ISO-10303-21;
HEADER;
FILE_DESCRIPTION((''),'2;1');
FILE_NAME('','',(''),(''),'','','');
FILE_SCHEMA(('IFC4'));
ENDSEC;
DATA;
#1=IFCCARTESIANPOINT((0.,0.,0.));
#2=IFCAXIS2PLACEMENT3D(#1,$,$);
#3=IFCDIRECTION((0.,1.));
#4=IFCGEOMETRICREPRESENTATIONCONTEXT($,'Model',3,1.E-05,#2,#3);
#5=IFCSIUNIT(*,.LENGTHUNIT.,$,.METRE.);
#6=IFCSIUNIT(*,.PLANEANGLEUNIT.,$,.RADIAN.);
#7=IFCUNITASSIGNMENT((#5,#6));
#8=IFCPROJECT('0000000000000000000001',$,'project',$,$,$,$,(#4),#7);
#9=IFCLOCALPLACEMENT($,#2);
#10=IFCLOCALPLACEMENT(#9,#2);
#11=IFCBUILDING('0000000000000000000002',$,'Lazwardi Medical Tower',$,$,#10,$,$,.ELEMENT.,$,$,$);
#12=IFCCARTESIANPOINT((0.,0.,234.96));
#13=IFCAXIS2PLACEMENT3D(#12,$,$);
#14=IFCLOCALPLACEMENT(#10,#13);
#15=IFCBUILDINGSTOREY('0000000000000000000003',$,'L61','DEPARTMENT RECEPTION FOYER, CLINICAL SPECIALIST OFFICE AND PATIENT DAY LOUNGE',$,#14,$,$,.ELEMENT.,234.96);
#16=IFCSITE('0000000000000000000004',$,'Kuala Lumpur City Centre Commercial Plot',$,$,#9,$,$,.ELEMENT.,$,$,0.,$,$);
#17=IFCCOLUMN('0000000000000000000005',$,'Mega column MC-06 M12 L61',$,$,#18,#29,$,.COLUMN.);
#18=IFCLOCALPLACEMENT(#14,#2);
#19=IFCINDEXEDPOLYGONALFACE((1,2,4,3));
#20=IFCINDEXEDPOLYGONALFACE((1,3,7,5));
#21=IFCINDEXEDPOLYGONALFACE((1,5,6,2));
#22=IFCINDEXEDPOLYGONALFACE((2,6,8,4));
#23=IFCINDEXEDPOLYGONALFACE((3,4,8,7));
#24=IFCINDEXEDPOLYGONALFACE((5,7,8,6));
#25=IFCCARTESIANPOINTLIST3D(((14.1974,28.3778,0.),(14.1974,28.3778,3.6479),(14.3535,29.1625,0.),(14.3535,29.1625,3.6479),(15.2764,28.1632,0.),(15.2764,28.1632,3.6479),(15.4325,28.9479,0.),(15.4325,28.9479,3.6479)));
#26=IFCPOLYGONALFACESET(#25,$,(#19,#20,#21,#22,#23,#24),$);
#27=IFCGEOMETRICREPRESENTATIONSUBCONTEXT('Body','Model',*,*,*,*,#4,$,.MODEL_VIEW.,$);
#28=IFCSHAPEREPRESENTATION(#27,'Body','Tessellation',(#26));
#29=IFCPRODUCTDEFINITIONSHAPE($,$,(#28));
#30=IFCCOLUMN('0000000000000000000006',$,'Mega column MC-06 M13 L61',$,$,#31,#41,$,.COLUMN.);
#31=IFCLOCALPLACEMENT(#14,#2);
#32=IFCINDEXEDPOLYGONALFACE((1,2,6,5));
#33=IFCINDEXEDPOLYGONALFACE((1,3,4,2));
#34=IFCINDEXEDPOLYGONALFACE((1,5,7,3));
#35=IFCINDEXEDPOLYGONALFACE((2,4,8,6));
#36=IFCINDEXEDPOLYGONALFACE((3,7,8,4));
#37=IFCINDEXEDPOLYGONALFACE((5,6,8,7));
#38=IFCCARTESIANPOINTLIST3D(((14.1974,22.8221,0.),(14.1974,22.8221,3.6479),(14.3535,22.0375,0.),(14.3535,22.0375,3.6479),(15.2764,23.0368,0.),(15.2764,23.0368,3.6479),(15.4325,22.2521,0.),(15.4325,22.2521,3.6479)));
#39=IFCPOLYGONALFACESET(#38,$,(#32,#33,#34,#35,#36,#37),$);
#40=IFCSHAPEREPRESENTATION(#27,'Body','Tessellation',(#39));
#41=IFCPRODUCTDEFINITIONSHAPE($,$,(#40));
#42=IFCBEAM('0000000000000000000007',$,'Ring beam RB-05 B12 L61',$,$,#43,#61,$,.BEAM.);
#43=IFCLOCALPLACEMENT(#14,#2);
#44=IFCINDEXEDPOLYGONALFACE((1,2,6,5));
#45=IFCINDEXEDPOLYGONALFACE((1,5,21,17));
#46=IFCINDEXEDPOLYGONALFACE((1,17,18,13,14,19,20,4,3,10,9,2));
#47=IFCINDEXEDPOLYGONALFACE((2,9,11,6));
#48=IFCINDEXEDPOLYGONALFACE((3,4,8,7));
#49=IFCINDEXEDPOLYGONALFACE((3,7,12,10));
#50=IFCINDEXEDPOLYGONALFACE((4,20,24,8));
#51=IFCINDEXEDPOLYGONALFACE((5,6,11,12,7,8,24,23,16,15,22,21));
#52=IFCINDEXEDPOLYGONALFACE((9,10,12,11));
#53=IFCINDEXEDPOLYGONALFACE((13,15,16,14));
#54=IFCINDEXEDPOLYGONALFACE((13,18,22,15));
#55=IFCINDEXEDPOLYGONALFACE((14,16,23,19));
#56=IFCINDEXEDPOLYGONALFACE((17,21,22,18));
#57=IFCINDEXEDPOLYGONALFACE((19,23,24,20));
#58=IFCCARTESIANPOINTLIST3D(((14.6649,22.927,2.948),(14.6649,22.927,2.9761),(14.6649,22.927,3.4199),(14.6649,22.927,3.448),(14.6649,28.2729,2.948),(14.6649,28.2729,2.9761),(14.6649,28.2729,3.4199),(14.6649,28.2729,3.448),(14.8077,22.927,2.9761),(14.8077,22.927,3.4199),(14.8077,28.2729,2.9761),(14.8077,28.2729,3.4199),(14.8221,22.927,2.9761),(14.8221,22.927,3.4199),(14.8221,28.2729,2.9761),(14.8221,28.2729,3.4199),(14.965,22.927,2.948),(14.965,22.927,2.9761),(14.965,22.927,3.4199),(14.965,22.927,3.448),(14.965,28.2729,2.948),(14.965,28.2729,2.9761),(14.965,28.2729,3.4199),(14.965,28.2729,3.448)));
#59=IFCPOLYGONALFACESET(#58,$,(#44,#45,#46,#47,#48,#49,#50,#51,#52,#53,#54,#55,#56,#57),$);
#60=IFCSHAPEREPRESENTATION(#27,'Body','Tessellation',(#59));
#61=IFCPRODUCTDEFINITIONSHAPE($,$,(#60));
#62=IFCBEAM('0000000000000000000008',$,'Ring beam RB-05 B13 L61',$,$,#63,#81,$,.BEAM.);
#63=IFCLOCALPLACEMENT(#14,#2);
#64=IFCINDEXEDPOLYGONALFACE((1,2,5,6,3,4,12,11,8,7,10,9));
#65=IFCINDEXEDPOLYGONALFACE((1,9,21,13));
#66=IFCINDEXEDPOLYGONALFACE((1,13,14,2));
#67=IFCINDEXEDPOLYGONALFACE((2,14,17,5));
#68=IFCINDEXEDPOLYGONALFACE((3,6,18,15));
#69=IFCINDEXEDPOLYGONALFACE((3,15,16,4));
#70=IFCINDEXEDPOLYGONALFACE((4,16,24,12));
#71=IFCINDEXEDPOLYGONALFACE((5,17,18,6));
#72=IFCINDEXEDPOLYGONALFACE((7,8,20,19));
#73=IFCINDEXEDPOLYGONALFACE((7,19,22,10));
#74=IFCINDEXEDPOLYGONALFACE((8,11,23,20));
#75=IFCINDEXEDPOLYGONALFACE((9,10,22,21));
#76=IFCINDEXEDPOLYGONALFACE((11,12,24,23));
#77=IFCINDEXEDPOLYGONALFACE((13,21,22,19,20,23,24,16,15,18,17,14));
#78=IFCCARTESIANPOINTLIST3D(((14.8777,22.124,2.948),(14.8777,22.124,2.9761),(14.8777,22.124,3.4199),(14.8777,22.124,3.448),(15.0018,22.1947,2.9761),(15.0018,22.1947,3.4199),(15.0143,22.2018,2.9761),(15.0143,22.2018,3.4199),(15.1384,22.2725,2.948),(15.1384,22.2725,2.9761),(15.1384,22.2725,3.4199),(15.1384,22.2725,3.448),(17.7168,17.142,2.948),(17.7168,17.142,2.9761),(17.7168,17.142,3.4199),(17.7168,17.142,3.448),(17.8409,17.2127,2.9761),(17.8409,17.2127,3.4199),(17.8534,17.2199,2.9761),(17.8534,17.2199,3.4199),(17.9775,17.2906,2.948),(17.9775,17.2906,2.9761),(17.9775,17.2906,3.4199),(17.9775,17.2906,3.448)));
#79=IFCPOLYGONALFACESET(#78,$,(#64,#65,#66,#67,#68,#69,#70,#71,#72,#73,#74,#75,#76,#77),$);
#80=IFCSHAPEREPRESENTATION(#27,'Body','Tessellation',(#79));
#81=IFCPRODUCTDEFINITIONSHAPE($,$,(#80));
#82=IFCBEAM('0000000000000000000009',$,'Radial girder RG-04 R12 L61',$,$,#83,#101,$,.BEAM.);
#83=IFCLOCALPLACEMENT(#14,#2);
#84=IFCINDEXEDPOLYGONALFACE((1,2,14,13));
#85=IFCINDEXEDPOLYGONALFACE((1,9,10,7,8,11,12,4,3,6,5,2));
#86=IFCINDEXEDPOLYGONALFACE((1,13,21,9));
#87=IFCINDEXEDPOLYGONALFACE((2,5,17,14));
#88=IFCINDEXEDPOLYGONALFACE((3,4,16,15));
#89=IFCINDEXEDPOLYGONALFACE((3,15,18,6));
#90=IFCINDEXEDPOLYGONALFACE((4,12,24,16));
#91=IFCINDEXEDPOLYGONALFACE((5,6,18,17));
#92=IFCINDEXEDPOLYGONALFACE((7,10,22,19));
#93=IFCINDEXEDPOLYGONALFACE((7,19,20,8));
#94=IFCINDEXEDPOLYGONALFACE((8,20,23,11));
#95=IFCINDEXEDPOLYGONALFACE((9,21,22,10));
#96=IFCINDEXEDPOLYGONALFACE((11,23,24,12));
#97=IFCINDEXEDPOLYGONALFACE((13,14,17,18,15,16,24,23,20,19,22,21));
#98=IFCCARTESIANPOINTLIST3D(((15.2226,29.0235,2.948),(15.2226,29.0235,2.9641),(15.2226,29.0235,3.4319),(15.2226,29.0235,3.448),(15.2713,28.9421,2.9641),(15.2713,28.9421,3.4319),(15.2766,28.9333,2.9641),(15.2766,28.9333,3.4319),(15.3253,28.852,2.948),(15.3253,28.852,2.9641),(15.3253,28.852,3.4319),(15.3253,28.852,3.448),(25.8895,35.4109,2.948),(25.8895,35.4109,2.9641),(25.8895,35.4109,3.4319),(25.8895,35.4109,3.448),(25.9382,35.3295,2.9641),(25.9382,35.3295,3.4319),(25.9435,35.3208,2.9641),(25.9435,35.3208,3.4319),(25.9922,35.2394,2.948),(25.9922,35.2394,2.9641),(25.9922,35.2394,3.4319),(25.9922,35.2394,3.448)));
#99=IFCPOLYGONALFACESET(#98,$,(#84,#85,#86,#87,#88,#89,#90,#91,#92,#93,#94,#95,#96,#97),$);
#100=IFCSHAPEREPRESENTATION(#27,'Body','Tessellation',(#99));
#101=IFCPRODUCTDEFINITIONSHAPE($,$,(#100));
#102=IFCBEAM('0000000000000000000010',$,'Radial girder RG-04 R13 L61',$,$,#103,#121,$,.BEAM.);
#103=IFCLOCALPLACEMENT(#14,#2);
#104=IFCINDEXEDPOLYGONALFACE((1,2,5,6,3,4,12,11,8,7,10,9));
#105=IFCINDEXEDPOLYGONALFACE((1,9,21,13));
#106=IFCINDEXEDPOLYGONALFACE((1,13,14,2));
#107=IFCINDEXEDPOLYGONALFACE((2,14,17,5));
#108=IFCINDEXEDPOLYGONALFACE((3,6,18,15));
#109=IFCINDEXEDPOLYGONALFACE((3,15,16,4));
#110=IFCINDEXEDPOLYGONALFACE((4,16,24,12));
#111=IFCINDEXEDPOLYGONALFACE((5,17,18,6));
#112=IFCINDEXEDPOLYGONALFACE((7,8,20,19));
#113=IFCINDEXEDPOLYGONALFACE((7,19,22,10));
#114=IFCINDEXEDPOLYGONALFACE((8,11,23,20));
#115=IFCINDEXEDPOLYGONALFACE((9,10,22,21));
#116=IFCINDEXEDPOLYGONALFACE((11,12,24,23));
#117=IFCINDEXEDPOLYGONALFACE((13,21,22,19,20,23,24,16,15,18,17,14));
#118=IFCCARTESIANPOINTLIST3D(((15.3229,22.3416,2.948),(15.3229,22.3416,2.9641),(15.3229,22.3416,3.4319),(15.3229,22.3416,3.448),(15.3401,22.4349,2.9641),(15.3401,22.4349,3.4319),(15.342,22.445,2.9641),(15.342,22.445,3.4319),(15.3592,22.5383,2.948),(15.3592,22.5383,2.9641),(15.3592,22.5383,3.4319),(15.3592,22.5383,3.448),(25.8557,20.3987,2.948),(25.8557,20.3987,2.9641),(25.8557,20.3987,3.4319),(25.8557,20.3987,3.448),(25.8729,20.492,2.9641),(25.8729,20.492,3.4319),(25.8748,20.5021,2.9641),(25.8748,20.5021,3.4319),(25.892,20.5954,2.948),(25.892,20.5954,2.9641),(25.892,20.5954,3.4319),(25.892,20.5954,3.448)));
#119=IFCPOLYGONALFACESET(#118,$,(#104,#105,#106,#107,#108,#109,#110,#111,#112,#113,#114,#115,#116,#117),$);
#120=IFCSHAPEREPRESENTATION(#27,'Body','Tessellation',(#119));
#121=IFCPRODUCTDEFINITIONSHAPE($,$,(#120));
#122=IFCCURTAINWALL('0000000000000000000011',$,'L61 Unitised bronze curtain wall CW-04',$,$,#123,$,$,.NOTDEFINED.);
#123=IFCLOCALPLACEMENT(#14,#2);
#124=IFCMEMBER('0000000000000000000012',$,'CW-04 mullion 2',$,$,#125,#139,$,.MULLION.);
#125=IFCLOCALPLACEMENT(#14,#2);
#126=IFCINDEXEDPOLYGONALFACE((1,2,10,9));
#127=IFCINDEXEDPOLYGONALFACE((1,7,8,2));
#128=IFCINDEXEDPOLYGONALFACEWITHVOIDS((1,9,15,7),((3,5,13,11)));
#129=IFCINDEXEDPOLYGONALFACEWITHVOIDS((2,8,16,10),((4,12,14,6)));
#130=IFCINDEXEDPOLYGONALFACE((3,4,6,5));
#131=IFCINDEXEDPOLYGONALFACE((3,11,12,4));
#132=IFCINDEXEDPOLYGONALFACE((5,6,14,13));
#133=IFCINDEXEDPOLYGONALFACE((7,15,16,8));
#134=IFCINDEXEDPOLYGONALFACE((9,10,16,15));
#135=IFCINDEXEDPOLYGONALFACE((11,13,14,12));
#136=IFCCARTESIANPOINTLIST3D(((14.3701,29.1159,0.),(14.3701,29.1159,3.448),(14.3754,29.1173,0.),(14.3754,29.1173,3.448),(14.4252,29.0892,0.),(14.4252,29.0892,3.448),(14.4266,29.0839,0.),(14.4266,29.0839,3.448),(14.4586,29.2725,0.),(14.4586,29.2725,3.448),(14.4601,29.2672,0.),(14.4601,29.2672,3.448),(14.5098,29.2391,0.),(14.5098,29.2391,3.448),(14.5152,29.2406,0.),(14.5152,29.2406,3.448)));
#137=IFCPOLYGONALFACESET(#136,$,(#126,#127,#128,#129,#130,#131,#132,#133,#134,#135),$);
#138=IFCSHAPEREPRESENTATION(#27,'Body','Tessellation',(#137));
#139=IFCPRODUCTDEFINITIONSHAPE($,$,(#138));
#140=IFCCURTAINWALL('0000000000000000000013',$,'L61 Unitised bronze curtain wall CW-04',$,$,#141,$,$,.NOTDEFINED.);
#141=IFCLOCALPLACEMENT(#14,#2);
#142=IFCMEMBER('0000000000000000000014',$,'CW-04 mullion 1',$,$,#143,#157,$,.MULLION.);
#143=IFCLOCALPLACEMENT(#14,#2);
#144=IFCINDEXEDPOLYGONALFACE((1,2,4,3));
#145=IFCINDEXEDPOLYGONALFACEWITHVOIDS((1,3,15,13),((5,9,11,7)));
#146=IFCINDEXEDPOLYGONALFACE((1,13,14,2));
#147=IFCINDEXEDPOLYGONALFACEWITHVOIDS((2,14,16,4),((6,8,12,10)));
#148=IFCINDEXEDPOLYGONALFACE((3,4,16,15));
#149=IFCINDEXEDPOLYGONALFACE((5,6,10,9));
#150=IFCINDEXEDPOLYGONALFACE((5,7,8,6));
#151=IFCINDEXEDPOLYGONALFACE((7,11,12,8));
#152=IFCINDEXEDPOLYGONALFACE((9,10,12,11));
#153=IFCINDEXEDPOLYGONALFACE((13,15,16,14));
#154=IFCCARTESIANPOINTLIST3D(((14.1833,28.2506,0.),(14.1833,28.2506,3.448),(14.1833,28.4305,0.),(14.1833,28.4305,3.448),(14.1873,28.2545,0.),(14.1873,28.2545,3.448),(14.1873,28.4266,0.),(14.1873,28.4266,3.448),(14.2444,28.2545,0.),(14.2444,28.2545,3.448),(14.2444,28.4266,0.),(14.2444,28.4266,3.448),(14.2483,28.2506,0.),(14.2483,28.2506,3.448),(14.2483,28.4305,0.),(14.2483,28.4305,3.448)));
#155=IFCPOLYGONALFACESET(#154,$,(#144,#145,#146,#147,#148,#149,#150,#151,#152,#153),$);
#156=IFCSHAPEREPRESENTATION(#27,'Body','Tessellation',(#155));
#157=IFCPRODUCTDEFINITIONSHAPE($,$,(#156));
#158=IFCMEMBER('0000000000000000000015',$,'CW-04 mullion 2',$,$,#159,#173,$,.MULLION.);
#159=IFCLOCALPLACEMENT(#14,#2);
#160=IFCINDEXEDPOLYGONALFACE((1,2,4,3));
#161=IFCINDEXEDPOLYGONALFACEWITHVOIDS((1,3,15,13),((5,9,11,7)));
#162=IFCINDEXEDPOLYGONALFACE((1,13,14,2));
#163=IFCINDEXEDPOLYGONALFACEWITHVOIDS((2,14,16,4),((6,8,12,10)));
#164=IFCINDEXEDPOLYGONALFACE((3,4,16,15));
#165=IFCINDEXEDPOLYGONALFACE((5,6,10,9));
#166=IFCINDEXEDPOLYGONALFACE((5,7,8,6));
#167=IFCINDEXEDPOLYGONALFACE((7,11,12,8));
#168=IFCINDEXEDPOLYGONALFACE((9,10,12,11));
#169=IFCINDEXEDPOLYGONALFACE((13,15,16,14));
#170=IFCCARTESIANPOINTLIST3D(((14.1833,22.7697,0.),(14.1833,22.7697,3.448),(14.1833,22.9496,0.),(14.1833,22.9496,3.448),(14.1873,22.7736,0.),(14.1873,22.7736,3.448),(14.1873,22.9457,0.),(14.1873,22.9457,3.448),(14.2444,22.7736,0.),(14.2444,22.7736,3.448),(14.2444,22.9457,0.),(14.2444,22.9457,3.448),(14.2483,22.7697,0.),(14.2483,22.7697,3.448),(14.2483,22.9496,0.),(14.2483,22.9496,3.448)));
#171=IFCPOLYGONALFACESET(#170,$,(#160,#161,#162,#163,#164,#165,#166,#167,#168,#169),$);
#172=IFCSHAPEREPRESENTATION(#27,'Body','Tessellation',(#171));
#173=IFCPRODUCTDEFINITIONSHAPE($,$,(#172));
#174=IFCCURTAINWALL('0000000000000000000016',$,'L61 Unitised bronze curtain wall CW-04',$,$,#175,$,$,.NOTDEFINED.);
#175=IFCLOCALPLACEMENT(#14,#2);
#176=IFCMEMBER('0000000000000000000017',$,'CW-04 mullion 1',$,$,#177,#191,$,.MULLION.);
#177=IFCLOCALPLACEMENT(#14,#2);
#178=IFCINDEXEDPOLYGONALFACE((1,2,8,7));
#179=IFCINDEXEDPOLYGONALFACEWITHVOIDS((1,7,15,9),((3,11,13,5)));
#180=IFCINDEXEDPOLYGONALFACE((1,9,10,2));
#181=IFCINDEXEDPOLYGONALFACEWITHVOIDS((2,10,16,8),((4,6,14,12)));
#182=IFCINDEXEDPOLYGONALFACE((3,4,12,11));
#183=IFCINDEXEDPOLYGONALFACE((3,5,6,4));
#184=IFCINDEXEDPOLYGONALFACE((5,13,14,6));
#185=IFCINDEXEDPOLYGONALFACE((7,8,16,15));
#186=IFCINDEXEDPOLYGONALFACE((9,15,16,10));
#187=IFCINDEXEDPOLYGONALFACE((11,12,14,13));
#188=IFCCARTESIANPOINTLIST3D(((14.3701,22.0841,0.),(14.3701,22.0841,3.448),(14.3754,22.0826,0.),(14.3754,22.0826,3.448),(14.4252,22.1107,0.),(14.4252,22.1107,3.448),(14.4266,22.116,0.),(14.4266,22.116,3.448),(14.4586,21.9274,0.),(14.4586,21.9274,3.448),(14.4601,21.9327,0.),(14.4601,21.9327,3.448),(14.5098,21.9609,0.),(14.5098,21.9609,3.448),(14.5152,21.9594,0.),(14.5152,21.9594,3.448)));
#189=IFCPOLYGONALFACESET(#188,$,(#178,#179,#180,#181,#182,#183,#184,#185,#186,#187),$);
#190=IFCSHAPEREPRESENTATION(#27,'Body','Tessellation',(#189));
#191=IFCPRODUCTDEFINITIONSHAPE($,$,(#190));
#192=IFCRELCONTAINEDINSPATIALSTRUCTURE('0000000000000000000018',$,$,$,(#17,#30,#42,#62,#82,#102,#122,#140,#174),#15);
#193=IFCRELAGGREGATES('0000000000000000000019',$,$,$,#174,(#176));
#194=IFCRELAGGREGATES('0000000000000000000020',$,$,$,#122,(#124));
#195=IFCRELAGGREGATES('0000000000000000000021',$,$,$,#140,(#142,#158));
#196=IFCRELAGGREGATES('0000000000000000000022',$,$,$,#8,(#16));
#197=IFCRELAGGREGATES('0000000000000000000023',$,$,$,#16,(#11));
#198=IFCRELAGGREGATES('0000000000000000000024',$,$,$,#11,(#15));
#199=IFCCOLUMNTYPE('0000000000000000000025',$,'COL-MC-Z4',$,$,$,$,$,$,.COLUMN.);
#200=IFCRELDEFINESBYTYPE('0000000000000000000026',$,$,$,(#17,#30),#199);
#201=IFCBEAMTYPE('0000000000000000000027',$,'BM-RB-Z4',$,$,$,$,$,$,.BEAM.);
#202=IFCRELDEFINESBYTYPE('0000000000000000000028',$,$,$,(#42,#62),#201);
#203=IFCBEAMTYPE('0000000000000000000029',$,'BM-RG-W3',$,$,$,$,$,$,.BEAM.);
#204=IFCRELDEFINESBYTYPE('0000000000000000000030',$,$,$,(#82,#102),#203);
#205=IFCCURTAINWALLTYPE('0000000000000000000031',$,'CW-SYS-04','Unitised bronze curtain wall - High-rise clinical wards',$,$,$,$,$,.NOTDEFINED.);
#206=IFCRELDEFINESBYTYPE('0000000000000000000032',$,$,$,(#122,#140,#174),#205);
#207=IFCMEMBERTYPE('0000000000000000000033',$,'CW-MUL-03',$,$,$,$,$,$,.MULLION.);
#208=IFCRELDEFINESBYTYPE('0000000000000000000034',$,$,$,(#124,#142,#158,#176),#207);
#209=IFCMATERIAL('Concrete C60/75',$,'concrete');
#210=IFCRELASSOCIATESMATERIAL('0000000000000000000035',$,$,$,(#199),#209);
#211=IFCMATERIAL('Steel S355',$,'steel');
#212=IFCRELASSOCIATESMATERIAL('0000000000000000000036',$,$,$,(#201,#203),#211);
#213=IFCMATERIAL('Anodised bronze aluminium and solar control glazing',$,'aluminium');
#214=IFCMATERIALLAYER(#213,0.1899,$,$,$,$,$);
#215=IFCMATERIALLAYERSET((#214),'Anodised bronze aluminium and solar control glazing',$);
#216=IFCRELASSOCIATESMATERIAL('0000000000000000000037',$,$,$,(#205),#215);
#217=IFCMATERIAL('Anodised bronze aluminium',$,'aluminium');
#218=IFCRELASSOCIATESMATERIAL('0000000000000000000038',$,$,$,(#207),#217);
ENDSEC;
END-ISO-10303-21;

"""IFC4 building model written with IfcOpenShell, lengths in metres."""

from ifc_helpers import new_model, si_unit, direction, frame, origin, origin_2d, place, context, subcontext, project, spatial, rectangle, hollow_rectangle, i_section, extrude, material, layer, layer_set, material_profile, profile_set, type_object, element, aggregate, save


model = new_model("IFC4")

# Units and contexts
model_context = context("Model", 3, precision=1e-05, world=origin(), true_north=direction((0.0, 1.0)))
body_context = subcontext(model_context, "Body", "Model", "MODEL_VIEW")
ifc_project = project(units=[si_unit("LENGTHUNIT", "METRE"), si_unit("PLANEANGLEUNIT", "RADIAN")], contexts=[model_context])

# Site, building, storey
site_placement = place(None, origin())
site = spatial("IfcSite", under=ifc_project, at=site_placement, Name="Kuala Lumpur City Centre Commercial Plot", CompositionType="ELEMENT", RefElevation=0.0)
building_placement = place(site_placement, origin())
building = spatial("IfcBuilding", under=site, at=building_placement, Name="Lazwardi Medical Tower", CompositionType="ELEMENT")
storey_placement = place(building_placement, frame((0.0, 0.0, 234.96)))
storey = spatial("IfcBuildingStorey", under=building, at=storey_placement, Name="L61", Description="DEPARTMENT RECEPTION FOYER, CLINICAL SPECIALIST OFFICE AND PATIENT DAY LOUNGE", CompositionType="ELEMENT", Elevation=234.96)

# Columns
ifc_material_1 = material(Name="Concrete C60/75", Category="concrete")
ifc_material_profile_1 = material_profile(ifc_material_1, rectangle(XDim=1.1001, YDim=0.8, at=origin_2d()), Name="CFT-RECT 1100x800")
ifc_profile_set_1 = profile_set([ifc_material_profile_1], Name="Concrete C60/75")
column_type = type_object("IfcColumnType", Name="COL-MC-Z4", PredefinedType="COLUMN", material=ifc_profile_set_1)
for number, where, z_axis, x_axis, name in (
    (1, (14.8149, 28.6628, 0.0), (0.0, 0.0, 1.0), (-0.980785, 0.19509, 0.0), "Mega column MC-06 M12 L61"),
    (2, (14.8149, 22.5371, 0.0), (0.0, 0.0, 1.0), (-0.980785, -0.19509, 0.0), "Mega column MC-06 M13 L61"),
):
    element("IfcColumn", number, at=place(storey_placement, frame(where, z_axis=z_axis, x_axis=x_axis)), inside=storey, type_object=column_type, Name=name, PredefinedType="COLUMN", context=body_context, shape_type="SweptSolid", body=[
        extrude(rectangle(XDim=1.1001, YDim=0.8, at=origin_2d()), origin(), (0.0, 0.0, 1.0), 3.6479),
    ])

# Beams
ifc_material_2 = material(Name="Steel S355", Category="steel")
ifc_material_profile_2 = material_profile(ifc_material_2, i_section(OverallWidth=0.3, OverallDepth=0.5, WebThickness=0.0144, FlangeThickness=0.0281, at=origin_2d()), Name="HEB 500")
ifc_profile_set_2 = profile_set([ifc_material_profile_2], Name="Steel S355")
beam_type_1 = type_object("IfcBeamType", Name="BM-RB-Z4", PredefinedType="BEAM", material=ifc_profile_set_2)
beam_1_placement = place(storey_placement, frame((14.8149, 28.2729, 3.198), z_axis=(0.0, -1.0, 0.0), x_axis=(1.0, 0.0, 0.0)))
element("IfcBeam", 3, at=beam_1_placement, inside=storey, type_object=beam_type_1, Name="Ring beam RB-05 B12 L61", PredefinedType="BEAM", context=body_context, shape_type="SweptSolid", body=[
    extrude(i_section(OverallWidth=0.3, OverallDepth=0.5, WebThickness=0.0144, FlangeThickness=0.0281, at=origin_2d()), origin(), (0.0, 0.0, 1.0), 5.3459),
])
beam_2_placement = place(storey_placement, frame((15.0081, 22.1982, 3.198), z_axis=(0.495125, -0.868822, 0.0), x_axis=(0.868822, 0.495125, 0.0)))
element("IfcBeam", 4, at=beam_2_placement, inside=storey, type_object=beam_type_1, Name="Ring beam RB-05 B13 L61", PredefinedType="BEAM", context=body_context, shape_type="SweptSolid", body=[
    extrude(i_section(OverallWidth=0.3, OverallDepth=0.5, WebThickness=0.0144, FlangeThickness=0.0281, at=origin_2d()), origin(), (0.0, 0.0, 1.0), 5.7341),
])
ifc_material_profile_3 = material_profile(ifc_material_2, i_section(OverallWidth=0.2, OverallDepth=0.5, WebThickness=0.0103, FlangeThickness=0.0161, at=origin_2d()), Name="IPE 500")
ifc_profile_set_3 = profile_set([ifc_material_profile_3], Name="Steel S355")
beam_type_2 = type_object("IfcBeamType", Name="BM-RG-W3", PredefinedType="BEAM", material=ifc_profile_set_3)
beam_3_placement = place(storey_placement, frame((15.2739, 28.9377, 3.198), z_axis=(0.857945, 0.513742, 0.0), x_axis=(-0.513742, 0.857945, 0.0)))
element("IfcBeam", 5, at=beam_3_placement, inside=storey, type_object=beam_type_2, Name="Radial girder RG-04 R12 L61", PredefinedType="BEAM", context=body_context, shape_type="SweptSolid", body=[
    extrude(i_section(OverallWidth=0.2, OverallDepth=0.5, WebThickness=0.0103, FlangeThickness=0.0161, at=origin_2d()), origin(), (0.0, 0.0, 1.0), 12.4331),
])
beam_4_placement = place(storey_placement, frame((15.3411, 22.4399, 3.198), z_axis=(0.983409, -0.1814, 0.0), x_axis=(0.1814, 0.983409, 0.0)))
element("IfcBeam", 6, at=beam_4_placement, inside=storey, type_object=beam_type_2, Name="Radial girder RG-04 R13 L61", PredefinedType="BEAM", context=body_context, shape_type="SweptSolid", body=[
    extrude(i_section(OverallWidth=0.2, OverallDepth=0.5, WebThickness=0.0103, FlangeThickness=0.0161, at=origin_2d()), origin(), (0.0, 0.0, 1.0), 10.7104),
])

# Curtain wall, member
ifc_material_3 = material(Name="Anodised bronze aluminium and solar control glazing", Category="aluminium")
ifc_layer_1 = layer(ifc_material_3, 0.1899)
ifc_layer_set_1 = layer_set([ifc_layer_1], Name="Anodised bronze aluminium and solar control glazing")
curtain_wall_type = type_object("IfcCurtainWallType", Name="CW-SYS-04", Description="Unitised bronze curtain wall - High-rise clinical wards", PredefinedType="NOTDEFINED", material=ifc_layer_set_1)
curtain_wall_1_placement = place(storey_placement, origin())
curtain_wall_1 = element("IfcCurtainWall", 7, at=curtain_wall_1_placement, inside=storey, type_object=curtain_wall_type, Name="L61 Unitised bronze curtain wall CW-04", PredefinedType="NOTDEFINED")
ifc_material_4 = material(Name="Anodised bronze aluminium", Category="aluminium")
ifc_material_profile_4 = material_profile(ifc_material_4, hollow_rectangle(XDim=0.0649, YDim=0.1799, WallThickness=0.0039, at=origin_2d()), Name="ALU-MULLION 180x65x4")
ifc_profile_set_4 = profile_set([ifc_material_profile_4], Name="Anodised bronze aluminium")
member_type_1 = type_object("IfcMemberType", Name="CW-MUL-03", PredefinedType="MULLION", material=ifc_profile_set_4)
member_1_placement = place(storey_placement, frame((14.4426, 29.1782, 0.0), z_axis=(0.0, 0.0, 1.0), x_axis=(0.870651, -0.4919, 0.0)))
member_1 = element("IfcMember", 8, at=member_1_placement, type_object=member_type_1, Name="CW-04 mullion 2", PredefinedType="MULLION", context=body_context, shape_type="SweptSolid", body=[
    extrude(hollow_rectangle(XDim=0.0649, YDim=0.1799, WallThickness=0.0039, at=origin_2d()), origin(), (0.0, 0.0, 1.0), 3.448),
])

# Curtain wall, members
curtain_wall_2_placement = place(storey_placement, origin())
curtain_wall_2 = element("IfcCurtainWall", 9, at=curtain_wall_2_placement, inside=storey, type_object=curtain_wall_type, Name="L61 Unitised bronze curtain wall CW-04", PredefinedType="NOTDEFINED")
member_2_placement = place(storey_placement, frame((14.2158, 28.3406, 0.0), z_axis=(0.0, 0.0, 1.0), x_axis=(1.0, 0.0, 0.0)))
member_2 = element("IfcMember", 10, at=member_2_placement, type_object=member_type_1, Name="CW-04 mullion 1", PredefinedType="MULLION", context=body_context, shape_type="SweptSolid", body=[
    extrude(hollow_rectangle(XDim=0.0649, YDim=0.1799, WallThickness=0.0039, at=origin_2d()), origin(), (0.0, 0.0, 1.0), 3.448),
])
member_3_placement = place(storey_placement, frame((14.2158, 22.8596, 0.0), z_axis=(0.0, 0.0, 1.0), x_axis=(1.0, 0.0, 0.0)))
member_3 = element("IfcMember", 11, at=member_3_placement, type_object=member_type_1, Name="CW-04 mullion 2", PredefinedType="MULLION", context=body_context, shape_type="SweptSolid", body=[
    extrude(hollow_rectangle(XDim=0.0649, YDim=0.1799, WallThickness=0.0039, at=origin_2d()), origin(), (0.0, 0.0, 1.0), 3.448),
])

# Curtain wall, member
curtain_wall_3_placement = place(storey_placement, origin())
curtain_wall_3 = element("IfcCurtainWall", 12, at=curtain_wall_3_placement, inside=storey, type_object=curtain_wall_type, Name="L61 Unitised bronze curtain wall CW-04", PredefinedType="NOTDEFINED")
member_4_placement = place(storey_placement, frame((14.4426, 22.0217, 0.0), z_axis=(0.0, 0.0, 1.0), x_axis=(0.870651, 0.4919, 0.0)))
member_4 = element("IfcMember", 13, at=member_4_placement, type_object=member_type_1, Name="CW-04 mullion 1", PredefinedType="MULLION", context=body_context, shape_type="SweptSolid", body=[
    extrude(hollow_rectangle(XDim=0.0649, YDim=0.1799, WallThickness=0.0039, at=origin_2d()), origin(), (0.0, 0.0, 1.0), 3.448),
])
aggregate(curtain_wall_3, [member_4])

aggregate(curtain_wall_1, [member_1])
aggregate(curtain_wall_2, [member_2, member_3])

save(model, "model.ifc")
